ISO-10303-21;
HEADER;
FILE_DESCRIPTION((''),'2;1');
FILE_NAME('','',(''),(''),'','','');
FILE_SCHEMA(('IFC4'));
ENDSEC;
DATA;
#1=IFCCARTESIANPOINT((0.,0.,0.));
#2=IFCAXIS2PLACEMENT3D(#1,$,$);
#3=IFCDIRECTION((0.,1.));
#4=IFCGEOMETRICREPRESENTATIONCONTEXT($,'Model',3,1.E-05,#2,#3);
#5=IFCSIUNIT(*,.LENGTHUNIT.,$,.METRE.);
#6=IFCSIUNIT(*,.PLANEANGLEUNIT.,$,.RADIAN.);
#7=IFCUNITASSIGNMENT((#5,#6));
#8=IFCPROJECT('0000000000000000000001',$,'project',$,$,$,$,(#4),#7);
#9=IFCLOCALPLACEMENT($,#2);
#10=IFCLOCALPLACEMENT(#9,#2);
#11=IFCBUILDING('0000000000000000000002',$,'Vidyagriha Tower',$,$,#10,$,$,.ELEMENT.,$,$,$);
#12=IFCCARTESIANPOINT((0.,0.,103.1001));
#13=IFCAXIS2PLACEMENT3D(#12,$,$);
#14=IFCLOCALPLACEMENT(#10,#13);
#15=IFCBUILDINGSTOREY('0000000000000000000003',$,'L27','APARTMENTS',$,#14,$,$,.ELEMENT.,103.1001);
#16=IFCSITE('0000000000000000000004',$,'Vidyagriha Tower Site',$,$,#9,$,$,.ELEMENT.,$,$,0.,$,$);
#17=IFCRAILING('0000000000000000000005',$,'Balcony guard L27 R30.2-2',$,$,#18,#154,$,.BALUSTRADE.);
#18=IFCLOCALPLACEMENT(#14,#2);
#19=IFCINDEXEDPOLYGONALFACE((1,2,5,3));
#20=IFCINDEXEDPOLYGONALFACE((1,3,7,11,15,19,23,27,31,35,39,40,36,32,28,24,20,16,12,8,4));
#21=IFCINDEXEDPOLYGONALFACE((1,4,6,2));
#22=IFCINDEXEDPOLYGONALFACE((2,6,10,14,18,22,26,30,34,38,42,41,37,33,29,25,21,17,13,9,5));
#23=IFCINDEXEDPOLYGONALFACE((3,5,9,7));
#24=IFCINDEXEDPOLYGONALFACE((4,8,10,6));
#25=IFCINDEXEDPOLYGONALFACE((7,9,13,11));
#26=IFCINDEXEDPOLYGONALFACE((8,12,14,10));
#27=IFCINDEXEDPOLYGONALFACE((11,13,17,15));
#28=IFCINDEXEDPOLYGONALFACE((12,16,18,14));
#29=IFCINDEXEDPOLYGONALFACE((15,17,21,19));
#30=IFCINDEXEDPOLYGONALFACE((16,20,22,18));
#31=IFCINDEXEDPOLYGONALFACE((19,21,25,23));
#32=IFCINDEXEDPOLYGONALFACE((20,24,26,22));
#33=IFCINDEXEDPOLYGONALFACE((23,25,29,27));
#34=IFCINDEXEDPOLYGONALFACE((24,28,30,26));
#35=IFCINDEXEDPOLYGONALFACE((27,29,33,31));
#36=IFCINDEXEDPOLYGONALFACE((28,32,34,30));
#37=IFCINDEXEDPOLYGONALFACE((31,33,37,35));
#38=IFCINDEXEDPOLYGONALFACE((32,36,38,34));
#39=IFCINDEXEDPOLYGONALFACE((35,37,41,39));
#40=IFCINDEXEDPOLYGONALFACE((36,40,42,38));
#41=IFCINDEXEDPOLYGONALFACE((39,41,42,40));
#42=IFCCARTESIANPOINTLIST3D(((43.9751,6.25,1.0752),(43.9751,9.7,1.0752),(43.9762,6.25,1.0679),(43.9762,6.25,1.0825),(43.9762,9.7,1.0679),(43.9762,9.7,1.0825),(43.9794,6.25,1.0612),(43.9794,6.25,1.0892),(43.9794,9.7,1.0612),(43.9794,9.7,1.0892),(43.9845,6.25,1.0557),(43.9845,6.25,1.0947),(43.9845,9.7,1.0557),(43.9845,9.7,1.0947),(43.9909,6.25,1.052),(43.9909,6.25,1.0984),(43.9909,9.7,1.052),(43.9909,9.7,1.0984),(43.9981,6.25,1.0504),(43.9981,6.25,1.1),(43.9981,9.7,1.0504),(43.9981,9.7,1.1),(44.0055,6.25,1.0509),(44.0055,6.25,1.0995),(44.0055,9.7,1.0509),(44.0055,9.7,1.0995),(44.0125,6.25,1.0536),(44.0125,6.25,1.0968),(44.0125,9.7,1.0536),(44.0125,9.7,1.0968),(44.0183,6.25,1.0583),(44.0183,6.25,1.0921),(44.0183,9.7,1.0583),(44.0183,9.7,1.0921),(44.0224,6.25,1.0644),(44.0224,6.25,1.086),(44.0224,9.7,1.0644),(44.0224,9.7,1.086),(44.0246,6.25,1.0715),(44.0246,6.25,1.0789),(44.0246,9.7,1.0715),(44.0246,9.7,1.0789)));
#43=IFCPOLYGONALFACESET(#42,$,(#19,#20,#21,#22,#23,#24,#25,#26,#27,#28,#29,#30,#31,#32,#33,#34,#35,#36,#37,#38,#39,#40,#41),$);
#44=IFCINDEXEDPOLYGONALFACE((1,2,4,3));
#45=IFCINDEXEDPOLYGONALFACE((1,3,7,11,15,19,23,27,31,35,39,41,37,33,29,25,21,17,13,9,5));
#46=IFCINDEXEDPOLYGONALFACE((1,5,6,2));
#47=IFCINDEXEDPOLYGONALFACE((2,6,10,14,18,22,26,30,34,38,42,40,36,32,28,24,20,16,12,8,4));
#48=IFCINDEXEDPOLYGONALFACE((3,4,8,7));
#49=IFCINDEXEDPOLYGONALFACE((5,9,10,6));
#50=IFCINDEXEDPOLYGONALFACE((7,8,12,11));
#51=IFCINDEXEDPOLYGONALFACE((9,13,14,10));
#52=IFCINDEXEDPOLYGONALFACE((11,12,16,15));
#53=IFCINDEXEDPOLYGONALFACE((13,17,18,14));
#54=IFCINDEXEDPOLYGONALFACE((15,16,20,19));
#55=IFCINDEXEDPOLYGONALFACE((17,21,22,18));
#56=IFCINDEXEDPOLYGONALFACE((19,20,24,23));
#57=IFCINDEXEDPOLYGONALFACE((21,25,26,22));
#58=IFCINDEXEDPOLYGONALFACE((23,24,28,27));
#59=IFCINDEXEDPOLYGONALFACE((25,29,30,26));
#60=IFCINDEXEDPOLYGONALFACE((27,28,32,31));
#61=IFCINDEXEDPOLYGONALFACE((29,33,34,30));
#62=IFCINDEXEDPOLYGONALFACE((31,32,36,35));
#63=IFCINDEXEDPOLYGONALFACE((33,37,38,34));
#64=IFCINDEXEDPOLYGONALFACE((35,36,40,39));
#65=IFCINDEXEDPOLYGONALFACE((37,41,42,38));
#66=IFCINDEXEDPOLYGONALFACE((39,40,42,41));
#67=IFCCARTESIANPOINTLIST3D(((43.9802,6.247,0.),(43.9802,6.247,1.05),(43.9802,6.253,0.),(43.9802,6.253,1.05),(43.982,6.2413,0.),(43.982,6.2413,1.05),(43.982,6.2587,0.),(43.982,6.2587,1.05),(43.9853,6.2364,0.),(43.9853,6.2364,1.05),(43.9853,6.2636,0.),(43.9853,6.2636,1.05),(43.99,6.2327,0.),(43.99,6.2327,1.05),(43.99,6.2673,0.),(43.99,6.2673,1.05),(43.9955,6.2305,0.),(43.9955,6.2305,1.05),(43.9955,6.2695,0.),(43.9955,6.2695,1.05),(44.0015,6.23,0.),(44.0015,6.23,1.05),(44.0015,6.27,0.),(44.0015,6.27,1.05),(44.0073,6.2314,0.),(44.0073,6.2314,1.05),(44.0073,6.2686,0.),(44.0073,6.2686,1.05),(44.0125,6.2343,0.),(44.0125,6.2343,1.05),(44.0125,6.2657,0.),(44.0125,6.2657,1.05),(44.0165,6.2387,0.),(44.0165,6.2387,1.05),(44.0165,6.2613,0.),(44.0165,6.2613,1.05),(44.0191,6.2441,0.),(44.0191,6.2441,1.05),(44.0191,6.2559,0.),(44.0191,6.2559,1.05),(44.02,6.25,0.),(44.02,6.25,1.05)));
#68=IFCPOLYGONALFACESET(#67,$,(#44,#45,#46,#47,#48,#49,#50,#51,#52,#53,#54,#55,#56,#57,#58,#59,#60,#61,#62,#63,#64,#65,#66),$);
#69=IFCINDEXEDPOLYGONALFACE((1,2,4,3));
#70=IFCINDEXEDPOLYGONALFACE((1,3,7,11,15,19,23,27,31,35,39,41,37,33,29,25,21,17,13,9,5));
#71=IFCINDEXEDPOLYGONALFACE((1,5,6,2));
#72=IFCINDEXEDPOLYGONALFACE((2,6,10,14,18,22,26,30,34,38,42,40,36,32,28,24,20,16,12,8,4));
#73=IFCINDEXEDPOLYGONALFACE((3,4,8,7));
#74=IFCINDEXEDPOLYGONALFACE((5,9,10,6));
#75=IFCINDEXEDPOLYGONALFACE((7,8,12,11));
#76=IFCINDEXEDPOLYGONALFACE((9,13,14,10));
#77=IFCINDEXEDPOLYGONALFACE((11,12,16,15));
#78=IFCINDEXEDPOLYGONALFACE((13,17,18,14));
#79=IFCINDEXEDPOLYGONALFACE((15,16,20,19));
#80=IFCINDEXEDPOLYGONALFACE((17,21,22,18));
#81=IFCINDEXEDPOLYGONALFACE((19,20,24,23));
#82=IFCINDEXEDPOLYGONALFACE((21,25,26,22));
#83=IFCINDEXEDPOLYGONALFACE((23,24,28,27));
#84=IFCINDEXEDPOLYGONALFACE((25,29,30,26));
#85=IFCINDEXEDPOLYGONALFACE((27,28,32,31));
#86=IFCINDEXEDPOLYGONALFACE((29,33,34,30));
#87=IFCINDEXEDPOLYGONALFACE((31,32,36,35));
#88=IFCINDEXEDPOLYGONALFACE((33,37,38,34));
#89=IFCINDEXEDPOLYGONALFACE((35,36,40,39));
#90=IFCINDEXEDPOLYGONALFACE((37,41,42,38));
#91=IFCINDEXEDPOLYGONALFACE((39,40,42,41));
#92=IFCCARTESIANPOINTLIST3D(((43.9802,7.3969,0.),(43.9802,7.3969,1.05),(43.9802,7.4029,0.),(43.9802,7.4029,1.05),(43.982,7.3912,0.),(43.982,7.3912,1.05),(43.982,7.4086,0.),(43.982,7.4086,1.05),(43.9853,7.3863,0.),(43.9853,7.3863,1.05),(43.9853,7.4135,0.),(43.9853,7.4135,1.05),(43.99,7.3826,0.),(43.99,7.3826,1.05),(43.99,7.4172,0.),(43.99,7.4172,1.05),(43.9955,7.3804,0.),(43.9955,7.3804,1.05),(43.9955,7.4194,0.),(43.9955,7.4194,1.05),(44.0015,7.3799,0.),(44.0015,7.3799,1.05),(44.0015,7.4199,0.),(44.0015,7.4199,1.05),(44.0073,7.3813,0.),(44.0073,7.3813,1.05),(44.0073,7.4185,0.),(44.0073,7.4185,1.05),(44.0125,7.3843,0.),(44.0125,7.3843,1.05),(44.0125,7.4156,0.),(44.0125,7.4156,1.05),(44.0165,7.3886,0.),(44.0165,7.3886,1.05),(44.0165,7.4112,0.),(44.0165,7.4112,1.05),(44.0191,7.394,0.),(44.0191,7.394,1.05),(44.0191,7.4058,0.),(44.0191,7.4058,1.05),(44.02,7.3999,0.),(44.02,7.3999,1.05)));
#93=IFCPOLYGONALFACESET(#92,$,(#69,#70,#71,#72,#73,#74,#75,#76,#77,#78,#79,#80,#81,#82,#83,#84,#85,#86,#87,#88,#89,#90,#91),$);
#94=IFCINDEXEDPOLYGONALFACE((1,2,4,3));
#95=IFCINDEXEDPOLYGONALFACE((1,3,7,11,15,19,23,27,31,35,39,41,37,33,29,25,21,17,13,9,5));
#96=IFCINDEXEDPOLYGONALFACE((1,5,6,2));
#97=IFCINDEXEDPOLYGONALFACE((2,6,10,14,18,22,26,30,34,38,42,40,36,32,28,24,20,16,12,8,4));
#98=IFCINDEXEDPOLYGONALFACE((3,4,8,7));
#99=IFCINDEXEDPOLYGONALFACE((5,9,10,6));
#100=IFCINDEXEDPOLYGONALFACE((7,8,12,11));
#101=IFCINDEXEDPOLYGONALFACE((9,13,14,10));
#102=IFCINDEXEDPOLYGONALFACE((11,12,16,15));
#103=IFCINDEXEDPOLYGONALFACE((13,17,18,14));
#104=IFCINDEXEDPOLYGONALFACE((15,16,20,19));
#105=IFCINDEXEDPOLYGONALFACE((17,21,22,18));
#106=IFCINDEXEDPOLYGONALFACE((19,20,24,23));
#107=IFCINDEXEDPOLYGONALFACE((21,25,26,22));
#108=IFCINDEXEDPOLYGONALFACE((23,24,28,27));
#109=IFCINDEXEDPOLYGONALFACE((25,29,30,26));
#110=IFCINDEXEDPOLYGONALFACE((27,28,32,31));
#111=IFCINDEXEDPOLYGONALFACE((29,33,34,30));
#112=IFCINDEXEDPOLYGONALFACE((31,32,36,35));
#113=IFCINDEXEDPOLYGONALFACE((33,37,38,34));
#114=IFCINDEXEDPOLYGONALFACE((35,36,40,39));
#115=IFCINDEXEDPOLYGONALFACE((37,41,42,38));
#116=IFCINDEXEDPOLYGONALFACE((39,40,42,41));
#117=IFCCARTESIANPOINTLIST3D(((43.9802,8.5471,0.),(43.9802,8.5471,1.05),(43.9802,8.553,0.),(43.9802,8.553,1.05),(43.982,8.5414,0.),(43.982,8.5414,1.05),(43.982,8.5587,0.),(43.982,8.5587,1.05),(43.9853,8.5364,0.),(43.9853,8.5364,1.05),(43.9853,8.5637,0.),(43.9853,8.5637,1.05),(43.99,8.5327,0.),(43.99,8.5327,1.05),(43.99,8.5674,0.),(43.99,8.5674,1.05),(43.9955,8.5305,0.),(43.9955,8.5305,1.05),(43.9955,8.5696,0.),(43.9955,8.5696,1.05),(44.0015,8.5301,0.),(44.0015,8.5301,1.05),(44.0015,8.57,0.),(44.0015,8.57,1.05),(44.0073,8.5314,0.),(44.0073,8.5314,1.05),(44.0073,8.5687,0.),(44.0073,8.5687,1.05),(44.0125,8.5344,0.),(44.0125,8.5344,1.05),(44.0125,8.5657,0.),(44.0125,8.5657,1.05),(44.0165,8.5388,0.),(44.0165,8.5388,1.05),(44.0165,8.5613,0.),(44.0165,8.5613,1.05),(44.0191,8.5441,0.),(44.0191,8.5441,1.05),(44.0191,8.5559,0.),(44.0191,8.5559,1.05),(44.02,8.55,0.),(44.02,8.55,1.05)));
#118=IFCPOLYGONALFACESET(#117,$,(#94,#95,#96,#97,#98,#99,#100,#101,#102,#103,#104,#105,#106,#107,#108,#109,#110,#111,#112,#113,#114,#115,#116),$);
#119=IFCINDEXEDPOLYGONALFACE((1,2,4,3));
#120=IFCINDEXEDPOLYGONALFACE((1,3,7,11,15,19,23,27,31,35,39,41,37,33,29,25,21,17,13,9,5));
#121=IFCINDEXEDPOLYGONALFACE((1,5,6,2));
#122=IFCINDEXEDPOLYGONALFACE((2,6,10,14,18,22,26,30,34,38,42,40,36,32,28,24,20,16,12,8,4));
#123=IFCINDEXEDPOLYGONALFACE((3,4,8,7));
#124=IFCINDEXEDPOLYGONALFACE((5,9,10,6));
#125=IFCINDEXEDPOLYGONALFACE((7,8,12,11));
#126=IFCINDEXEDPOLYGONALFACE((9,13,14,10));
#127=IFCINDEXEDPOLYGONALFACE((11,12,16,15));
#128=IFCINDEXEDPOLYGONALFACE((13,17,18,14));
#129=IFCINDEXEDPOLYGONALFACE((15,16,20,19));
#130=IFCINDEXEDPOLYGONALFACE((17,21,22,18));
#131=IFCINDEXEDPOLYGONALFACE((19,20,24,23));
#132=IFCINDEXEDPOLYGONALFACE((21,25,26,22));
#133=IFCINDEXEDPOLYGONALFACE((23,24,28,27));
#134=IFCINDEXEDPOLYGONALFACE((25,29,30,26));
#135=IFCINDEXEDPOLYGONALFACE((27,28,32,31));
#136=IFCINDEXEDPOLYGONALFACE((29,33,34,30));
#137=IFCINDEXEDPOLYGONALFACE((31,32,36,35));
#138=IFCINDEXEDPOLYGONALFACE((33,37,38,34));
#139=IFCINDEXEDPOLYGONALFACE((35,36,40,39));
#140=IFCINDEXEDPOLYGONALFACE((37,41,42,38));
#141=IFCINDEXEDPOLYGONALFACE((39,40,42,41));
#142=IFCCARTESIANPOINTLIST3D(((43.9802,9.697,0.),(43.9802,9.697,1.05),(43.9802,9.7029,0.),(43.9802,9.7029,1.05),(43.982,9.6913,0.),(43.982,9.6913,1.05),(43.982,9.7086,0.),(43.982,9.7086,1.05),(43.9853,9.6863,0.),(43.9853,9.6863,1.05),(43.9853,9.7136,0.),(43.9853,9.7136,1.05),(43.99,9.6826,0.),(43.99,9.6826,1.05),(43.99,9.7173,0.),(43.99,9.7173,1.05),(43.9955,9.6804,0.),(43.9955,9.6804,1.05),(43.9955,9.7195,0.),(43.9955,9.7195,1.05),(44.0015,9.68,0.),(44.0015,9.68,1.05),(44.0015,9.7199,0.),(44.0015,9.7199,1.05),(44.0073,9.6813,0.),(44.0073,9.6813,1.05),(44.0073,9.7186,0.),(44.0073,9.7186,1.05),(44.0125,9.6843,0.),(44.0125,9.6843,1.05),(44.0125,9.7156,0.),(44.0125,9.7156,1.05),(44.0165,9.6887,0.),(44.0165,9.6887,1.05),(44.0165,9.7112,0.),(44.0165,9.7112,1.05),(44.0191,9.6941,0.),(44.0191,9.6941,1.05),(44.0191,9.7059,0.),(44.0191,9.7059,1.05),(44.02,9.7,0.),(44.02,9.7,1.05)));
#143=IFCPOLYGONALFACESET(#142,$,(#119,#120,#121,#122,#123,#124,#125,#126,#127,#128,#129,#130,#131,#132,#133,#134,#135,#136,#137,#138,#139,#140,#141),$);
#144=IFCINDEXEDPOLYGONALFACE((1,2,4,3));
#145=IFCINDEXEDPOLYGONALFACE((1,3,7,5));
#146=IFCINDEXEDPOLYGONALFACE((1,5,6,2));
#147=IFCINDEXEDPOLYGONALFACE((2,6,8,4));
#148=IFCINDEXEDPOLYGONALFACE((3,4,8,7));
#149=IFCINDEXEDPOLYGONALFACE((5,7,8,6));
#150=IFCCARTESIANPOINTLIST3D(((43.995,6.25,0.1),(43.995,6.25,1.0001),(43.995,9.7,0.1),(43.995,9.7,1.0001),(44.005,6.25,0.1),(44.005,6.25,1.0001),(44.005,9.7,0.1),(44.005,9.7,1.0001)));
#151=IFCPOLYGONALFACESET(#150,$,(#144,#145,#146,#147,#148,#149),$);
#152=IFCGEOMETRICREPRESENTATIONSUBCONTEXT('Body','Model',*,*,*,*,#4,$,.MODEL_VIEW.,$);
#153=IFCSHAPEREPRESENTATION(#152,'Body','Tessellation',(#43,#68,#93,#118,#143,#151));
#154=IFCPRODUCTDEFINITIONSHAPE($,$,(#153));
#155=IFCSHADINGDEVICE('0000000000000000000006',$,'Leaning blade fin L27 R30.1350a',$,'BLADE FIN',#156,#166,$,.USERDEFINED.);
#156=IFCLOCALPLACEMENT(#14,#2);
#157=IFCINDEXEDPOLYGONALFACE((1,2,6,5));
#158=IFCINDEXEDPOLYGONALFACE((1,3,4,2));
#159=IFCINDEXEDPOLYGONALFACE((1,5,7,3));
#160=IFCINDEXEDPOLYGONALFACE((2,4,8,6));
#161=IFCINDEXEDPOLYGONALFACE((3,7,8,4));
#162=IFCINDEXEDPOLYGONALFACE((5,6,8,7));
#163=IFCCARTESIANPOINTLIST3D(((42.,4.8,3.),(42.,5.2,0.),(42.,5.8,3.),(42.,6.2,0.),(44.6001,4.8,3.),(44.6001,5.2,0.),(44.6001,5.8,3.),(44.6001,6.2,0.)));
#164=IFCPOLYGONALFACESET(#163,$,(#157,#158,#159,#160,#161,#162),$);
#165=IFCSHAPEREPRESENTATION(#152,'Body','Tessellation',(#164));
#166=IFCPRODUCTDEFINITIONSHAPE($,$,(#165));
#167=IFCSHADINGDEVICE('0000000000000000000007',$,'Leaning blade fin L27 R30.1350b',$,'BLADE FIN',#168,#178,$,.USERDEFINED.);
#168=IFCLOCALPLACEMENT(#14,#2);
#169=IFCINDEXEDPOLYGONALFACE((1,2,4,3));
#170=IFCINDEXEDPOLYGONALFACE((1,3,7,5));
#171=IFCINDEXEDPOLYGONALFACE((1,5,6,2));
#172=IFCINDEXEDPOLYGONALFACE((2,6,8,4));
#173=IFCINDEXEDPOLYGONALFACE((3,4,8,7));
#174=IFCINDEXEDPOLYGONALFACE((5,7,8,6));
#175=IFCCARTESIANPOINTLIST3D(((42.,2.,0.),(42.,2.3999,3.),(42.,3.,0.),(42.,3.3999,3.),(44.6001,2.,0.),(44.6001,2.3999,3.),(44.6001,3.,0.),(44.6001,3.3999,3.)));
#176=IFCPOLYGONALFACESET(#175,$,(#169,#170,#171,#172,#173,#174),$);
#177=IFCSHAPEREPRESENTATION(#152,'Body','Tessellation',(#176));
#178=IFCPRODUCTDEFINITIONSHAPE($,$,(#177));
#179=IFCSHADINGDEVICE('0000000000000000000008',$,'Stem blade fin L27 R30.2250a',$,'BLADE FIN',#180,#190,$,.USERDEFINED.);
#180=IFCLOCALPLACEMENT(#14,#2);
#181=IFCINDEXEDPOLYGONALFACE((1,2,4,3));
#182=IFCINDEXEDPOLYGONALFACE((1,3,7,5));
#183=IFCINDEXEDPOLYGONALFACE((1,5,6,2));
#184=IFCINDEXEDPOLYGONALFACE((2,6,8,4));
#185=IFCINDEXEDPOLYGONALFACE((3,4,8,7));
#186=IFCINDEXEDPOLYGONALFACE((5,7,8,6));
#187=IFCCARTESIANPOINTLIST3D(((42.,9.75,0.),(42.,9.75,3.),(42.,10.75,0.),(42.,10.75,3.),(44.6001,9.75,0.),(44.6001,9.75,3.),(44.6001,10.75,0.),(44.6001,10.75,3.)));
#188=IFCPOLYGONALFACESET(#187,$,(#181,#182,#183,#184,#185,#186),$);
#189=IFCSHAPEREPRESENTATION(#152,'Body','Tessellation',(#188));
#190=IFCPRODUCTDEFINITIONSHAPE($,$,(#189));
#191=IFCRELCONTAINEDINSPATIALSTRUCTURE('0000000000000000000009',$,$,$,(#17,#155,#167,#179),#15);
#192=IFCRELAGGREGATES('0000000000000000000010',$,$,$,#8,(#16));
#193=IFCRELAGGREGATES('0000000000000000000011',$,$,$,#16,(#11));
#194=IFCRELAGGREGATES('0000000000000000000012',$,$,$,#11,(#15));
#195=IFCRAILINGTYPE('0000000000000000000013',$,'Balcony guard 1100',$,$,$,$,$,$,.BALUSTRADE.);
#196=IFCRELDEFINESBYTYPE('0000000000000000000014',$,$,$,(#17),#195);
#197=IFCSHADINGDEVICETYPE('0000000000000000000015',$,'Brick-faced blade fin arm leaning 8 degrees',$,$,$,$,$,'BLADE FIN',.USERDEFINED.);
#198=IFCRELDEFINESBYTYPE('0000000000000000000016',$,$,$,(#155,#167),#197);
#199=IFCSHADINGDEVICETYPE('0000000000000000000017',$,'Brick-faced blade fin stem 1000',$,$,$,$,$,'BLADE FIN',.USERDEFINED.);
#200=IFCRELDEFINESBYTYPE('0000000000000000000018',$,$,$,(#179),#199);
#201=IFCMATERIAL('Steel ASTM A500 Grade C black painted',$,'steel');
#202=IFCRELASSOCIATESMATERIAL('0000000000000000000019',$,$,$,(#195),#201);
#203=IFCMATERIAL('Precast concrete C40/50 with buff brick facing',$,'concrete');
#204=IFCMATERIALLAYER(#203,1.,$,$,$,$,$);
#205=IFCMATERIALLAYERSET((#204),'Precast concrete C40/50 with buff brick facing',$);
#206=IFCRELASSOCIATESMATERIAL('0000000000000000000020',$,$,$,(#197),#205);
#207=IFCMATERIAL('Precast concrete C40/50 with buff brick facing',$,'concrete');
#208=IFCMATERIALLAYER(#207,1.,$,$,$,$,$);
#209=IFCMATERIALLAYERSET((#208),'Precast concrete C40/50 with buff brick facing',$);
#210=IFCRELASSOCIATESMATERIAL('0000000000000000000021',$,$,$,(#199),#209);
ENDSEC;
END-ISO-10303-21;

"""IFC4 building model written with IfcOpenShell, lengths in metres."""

from ifc_helpers import new_model, si_unit, direction, frame, origin, origin_2d, place, context, subcontext, project, spatial, polyline, rectangle, circle, outline, extrude, material, layer, layer_set, type_object, element, save


model = new_model("IFC4")

# Units and contexts
model_context = context("Model", 3, precision=1e-05, world=origin(), true_north=direction((0.0, 1.0)))
body_context = subcontext(model_context, "Body", "Model", "MODEL_VIEW")
ifc_project = project(units=[si_unit("LENGTHUNIT", "METRE"), si_unit("PLANEANGLEUNIT", "RADIAN")], contexts=[model_context])

# Site, building, storey
site_placement = place(None, origin())
site = spatial("IfcSite", under=ifc_project, at=site_placement, Name="Vidyagriha Tower Site", CompositionType="ELEMENT", RefElevation=0.0)
building_placement = place(site_placement, origin())
building = spatial("IfcBuilding", under=site, at=building_placement, Name="Vidyagriha Tower", CompositionType="ELEMENT")
storey_placement = place(building_placement, frame((0.0, 0.0, 103.1001)))
storey = spatial("IfcBuildingStorey", under=building, at=storey_placement, Name="L27", Description="APARTMENTS", CompositionType="ELEMENT", Elevation=103.1001)

# Railing
ifc_material_1 = material(Name="Steel ASTM A500 Grade C black painted", Category="steel")
railing_type_1 = type_object("IfcRailingType", Name="Balcony guard 1100", PredefinedType="BALUSTRADE", material=ifc_material_1)
railing_1_placement = place(storey_placement, frame((44.0, 6.25, 0.0)))
element("IfcRailing", 1, at=railing_1_placement, inside=storey, type_object=railing_type_1, Name="Balcony guard L27 R30.2-2", PredefinedType="BALUSTRADE", context=body_context, shape_type="SweptSolid", body=[
    extrude(circle(Radius=0.0249, at=origin_2d()), frame((0.0, 0.0, 1.0752), z_axis=(0.0, 1.0, 0.0), x_axis=(-1.0, 0.0, 0.0)), (0.0, 0.0, 1.0), 3.45),
    extrude(circle(Radius=0.02, at=origin_2d()), origin(), (0.0, 0.0, 1.0), 1.05),
    extrude(circle(Radius=0.02, at=origin_2d()), frame((0.0, 1.1499, 0.0)), (0.0, 0.0, 1.0), 1.05),
    extrude(circle(Radius=0.02, at=origin_2d()), frame((0.0, 2.3, 0.0)), (0.0, 0.0, 1.0), 1.05),
    extrude(circle(Radius=0.02, at=origin_2d()), frame((0.0, 3.45, 0.0)), (0.0, 0.0, 1.0), 1.05),
    extrude(rectangle(XDim=0.01, YDim=0.9001, at=origin_2d()), frame((0.0, 0.0, 0.55), z_axis=(0.0, 1.0, 0.0), x_axis=(-1.0, 0.0, 0.0)), (0.0, 0.0, 1.0), 3.45),
])

# Shading devices
ifc_material_2 = material(Name="Precast concrete C40/50 with buff brick facing", Category="concrete")
ifc_layer_1 = layer(ifc_material_2, 1.0)
ifc_layer_set_1 = layer_set([ifc_layer_1], Name="Precast concrete C40/50 with buff brick facing")
shading_device_type_1 = type_object("IfcShadingDeviceType", Name="Brick-faced blade fin arm leaning 8 degrees", ElementType="BLADE FIN", PredefinedType="USERDEFINED", material=ifc_layer_set_1)
shading_device_1_placement = place(storey_placement, frame((43.3, 4.8, 0.0), z_axis=(0.0, 0.0, 1.0), x_axis=(0.0, 1.0, 0.0)))
element("IfcShadingDevice", 2, at=shading_device_1_placement, inside=storey, type_object=shading_device_type_1, Name="Leaning blade fin L27 R30.1350a", ObjectType="BLADE FIN", PredefinedType="USERDEFINED", context=body_context, shape_type="SweptSolid", body=[
    extrude(outline(polyline([(0.3999, 0.0), (1.3999, 0.0), (1.0, 3.0), (0.0, 3.0), (0.3999, 0.0)])), frame((0.0, 1.3, 0.0), z_axis=(0.0, -1.0, 0.0), x_axis=(1.0, 0.0, 0.0)), (0.0, 0.0, 1.0), 2.6001),
])
shading_device_2_placement = place(storey_placement, frame((43.3, 2.0, 0.0), z_axis=(0.0, 0.0, 1.0), x_axis=(0.0, 1.0, 0.0)))
element("IfcShadingDevice", 3, at=shading_device_2_placement, inside=storey, type_object=shading_device_type_1, Name="Leaning blade fin L27 R30.1350b", ObjectType="BLADE FIN", PredefinedType="USERDEFINED", context=body_context, shape_type="SweptSolid", body=[
    extrude(outline(polyline([(0.0, 0.0), (1.0, 0.0), (1.3999, 3.0), (0.3999, 3.0), (0.0, 0.0)])), frame((0.0, 1.3, 0.0), z_axis=(0.0, -1.0, 0.0), x_axis=(1.0, 0.0, 0.0)), (0.0, 0.0, 1.0), 2.6001),
])
ifc_material_3 = material(Name="Precast concrete C40/50 with buff brick facing", Category="concrete")
ifc_layer_2 = layer(ifc_material_3, 1.0)
ifc_layer_set_2 = layer_set([ifc_layer_2], Name="Precast concrete C40/50 with buff brick facing")
shading_device_type_2 = type_object("IfcShadingDeviceType", Name="Brick-faced blade fin stem 1000", ElementType="BLADE FIN", PredefinedType="USERDEFINED", material=ifc_layer_set_2)
shading_device_3_placement = place(storey_placement, frame((43.3, 9.75, 0.0), z_axis=(0.0, 0.0, 1.0), x_axis=(0.0, 1.0, 0.0)))
element("IfcShadingDevice", 4, at=shading_device_3_placement, inside=storey, type_object=shading_device_type_2, Name="Stem blade fin L27 R30.2250a", ObjectType="BLADE FIN", PredefinedType="USERDEFINED", context=body_context, shape_type="SweptSolid", body=[
    extrude(outline(polyline([(0.0, 0.0), (1.0, 0.0), (1.0, 3.0), (0.0, 3.0), (0.0, 0.0)])), frame((0.0, 1.3, 0.0), z_axis=(0.0, -1.0, 0.0), x_axis=(1.0, 0.0, 0.0)), (0.0, 0.0, 1.0), 2.6001),
])

save(model, "model.ifc")
